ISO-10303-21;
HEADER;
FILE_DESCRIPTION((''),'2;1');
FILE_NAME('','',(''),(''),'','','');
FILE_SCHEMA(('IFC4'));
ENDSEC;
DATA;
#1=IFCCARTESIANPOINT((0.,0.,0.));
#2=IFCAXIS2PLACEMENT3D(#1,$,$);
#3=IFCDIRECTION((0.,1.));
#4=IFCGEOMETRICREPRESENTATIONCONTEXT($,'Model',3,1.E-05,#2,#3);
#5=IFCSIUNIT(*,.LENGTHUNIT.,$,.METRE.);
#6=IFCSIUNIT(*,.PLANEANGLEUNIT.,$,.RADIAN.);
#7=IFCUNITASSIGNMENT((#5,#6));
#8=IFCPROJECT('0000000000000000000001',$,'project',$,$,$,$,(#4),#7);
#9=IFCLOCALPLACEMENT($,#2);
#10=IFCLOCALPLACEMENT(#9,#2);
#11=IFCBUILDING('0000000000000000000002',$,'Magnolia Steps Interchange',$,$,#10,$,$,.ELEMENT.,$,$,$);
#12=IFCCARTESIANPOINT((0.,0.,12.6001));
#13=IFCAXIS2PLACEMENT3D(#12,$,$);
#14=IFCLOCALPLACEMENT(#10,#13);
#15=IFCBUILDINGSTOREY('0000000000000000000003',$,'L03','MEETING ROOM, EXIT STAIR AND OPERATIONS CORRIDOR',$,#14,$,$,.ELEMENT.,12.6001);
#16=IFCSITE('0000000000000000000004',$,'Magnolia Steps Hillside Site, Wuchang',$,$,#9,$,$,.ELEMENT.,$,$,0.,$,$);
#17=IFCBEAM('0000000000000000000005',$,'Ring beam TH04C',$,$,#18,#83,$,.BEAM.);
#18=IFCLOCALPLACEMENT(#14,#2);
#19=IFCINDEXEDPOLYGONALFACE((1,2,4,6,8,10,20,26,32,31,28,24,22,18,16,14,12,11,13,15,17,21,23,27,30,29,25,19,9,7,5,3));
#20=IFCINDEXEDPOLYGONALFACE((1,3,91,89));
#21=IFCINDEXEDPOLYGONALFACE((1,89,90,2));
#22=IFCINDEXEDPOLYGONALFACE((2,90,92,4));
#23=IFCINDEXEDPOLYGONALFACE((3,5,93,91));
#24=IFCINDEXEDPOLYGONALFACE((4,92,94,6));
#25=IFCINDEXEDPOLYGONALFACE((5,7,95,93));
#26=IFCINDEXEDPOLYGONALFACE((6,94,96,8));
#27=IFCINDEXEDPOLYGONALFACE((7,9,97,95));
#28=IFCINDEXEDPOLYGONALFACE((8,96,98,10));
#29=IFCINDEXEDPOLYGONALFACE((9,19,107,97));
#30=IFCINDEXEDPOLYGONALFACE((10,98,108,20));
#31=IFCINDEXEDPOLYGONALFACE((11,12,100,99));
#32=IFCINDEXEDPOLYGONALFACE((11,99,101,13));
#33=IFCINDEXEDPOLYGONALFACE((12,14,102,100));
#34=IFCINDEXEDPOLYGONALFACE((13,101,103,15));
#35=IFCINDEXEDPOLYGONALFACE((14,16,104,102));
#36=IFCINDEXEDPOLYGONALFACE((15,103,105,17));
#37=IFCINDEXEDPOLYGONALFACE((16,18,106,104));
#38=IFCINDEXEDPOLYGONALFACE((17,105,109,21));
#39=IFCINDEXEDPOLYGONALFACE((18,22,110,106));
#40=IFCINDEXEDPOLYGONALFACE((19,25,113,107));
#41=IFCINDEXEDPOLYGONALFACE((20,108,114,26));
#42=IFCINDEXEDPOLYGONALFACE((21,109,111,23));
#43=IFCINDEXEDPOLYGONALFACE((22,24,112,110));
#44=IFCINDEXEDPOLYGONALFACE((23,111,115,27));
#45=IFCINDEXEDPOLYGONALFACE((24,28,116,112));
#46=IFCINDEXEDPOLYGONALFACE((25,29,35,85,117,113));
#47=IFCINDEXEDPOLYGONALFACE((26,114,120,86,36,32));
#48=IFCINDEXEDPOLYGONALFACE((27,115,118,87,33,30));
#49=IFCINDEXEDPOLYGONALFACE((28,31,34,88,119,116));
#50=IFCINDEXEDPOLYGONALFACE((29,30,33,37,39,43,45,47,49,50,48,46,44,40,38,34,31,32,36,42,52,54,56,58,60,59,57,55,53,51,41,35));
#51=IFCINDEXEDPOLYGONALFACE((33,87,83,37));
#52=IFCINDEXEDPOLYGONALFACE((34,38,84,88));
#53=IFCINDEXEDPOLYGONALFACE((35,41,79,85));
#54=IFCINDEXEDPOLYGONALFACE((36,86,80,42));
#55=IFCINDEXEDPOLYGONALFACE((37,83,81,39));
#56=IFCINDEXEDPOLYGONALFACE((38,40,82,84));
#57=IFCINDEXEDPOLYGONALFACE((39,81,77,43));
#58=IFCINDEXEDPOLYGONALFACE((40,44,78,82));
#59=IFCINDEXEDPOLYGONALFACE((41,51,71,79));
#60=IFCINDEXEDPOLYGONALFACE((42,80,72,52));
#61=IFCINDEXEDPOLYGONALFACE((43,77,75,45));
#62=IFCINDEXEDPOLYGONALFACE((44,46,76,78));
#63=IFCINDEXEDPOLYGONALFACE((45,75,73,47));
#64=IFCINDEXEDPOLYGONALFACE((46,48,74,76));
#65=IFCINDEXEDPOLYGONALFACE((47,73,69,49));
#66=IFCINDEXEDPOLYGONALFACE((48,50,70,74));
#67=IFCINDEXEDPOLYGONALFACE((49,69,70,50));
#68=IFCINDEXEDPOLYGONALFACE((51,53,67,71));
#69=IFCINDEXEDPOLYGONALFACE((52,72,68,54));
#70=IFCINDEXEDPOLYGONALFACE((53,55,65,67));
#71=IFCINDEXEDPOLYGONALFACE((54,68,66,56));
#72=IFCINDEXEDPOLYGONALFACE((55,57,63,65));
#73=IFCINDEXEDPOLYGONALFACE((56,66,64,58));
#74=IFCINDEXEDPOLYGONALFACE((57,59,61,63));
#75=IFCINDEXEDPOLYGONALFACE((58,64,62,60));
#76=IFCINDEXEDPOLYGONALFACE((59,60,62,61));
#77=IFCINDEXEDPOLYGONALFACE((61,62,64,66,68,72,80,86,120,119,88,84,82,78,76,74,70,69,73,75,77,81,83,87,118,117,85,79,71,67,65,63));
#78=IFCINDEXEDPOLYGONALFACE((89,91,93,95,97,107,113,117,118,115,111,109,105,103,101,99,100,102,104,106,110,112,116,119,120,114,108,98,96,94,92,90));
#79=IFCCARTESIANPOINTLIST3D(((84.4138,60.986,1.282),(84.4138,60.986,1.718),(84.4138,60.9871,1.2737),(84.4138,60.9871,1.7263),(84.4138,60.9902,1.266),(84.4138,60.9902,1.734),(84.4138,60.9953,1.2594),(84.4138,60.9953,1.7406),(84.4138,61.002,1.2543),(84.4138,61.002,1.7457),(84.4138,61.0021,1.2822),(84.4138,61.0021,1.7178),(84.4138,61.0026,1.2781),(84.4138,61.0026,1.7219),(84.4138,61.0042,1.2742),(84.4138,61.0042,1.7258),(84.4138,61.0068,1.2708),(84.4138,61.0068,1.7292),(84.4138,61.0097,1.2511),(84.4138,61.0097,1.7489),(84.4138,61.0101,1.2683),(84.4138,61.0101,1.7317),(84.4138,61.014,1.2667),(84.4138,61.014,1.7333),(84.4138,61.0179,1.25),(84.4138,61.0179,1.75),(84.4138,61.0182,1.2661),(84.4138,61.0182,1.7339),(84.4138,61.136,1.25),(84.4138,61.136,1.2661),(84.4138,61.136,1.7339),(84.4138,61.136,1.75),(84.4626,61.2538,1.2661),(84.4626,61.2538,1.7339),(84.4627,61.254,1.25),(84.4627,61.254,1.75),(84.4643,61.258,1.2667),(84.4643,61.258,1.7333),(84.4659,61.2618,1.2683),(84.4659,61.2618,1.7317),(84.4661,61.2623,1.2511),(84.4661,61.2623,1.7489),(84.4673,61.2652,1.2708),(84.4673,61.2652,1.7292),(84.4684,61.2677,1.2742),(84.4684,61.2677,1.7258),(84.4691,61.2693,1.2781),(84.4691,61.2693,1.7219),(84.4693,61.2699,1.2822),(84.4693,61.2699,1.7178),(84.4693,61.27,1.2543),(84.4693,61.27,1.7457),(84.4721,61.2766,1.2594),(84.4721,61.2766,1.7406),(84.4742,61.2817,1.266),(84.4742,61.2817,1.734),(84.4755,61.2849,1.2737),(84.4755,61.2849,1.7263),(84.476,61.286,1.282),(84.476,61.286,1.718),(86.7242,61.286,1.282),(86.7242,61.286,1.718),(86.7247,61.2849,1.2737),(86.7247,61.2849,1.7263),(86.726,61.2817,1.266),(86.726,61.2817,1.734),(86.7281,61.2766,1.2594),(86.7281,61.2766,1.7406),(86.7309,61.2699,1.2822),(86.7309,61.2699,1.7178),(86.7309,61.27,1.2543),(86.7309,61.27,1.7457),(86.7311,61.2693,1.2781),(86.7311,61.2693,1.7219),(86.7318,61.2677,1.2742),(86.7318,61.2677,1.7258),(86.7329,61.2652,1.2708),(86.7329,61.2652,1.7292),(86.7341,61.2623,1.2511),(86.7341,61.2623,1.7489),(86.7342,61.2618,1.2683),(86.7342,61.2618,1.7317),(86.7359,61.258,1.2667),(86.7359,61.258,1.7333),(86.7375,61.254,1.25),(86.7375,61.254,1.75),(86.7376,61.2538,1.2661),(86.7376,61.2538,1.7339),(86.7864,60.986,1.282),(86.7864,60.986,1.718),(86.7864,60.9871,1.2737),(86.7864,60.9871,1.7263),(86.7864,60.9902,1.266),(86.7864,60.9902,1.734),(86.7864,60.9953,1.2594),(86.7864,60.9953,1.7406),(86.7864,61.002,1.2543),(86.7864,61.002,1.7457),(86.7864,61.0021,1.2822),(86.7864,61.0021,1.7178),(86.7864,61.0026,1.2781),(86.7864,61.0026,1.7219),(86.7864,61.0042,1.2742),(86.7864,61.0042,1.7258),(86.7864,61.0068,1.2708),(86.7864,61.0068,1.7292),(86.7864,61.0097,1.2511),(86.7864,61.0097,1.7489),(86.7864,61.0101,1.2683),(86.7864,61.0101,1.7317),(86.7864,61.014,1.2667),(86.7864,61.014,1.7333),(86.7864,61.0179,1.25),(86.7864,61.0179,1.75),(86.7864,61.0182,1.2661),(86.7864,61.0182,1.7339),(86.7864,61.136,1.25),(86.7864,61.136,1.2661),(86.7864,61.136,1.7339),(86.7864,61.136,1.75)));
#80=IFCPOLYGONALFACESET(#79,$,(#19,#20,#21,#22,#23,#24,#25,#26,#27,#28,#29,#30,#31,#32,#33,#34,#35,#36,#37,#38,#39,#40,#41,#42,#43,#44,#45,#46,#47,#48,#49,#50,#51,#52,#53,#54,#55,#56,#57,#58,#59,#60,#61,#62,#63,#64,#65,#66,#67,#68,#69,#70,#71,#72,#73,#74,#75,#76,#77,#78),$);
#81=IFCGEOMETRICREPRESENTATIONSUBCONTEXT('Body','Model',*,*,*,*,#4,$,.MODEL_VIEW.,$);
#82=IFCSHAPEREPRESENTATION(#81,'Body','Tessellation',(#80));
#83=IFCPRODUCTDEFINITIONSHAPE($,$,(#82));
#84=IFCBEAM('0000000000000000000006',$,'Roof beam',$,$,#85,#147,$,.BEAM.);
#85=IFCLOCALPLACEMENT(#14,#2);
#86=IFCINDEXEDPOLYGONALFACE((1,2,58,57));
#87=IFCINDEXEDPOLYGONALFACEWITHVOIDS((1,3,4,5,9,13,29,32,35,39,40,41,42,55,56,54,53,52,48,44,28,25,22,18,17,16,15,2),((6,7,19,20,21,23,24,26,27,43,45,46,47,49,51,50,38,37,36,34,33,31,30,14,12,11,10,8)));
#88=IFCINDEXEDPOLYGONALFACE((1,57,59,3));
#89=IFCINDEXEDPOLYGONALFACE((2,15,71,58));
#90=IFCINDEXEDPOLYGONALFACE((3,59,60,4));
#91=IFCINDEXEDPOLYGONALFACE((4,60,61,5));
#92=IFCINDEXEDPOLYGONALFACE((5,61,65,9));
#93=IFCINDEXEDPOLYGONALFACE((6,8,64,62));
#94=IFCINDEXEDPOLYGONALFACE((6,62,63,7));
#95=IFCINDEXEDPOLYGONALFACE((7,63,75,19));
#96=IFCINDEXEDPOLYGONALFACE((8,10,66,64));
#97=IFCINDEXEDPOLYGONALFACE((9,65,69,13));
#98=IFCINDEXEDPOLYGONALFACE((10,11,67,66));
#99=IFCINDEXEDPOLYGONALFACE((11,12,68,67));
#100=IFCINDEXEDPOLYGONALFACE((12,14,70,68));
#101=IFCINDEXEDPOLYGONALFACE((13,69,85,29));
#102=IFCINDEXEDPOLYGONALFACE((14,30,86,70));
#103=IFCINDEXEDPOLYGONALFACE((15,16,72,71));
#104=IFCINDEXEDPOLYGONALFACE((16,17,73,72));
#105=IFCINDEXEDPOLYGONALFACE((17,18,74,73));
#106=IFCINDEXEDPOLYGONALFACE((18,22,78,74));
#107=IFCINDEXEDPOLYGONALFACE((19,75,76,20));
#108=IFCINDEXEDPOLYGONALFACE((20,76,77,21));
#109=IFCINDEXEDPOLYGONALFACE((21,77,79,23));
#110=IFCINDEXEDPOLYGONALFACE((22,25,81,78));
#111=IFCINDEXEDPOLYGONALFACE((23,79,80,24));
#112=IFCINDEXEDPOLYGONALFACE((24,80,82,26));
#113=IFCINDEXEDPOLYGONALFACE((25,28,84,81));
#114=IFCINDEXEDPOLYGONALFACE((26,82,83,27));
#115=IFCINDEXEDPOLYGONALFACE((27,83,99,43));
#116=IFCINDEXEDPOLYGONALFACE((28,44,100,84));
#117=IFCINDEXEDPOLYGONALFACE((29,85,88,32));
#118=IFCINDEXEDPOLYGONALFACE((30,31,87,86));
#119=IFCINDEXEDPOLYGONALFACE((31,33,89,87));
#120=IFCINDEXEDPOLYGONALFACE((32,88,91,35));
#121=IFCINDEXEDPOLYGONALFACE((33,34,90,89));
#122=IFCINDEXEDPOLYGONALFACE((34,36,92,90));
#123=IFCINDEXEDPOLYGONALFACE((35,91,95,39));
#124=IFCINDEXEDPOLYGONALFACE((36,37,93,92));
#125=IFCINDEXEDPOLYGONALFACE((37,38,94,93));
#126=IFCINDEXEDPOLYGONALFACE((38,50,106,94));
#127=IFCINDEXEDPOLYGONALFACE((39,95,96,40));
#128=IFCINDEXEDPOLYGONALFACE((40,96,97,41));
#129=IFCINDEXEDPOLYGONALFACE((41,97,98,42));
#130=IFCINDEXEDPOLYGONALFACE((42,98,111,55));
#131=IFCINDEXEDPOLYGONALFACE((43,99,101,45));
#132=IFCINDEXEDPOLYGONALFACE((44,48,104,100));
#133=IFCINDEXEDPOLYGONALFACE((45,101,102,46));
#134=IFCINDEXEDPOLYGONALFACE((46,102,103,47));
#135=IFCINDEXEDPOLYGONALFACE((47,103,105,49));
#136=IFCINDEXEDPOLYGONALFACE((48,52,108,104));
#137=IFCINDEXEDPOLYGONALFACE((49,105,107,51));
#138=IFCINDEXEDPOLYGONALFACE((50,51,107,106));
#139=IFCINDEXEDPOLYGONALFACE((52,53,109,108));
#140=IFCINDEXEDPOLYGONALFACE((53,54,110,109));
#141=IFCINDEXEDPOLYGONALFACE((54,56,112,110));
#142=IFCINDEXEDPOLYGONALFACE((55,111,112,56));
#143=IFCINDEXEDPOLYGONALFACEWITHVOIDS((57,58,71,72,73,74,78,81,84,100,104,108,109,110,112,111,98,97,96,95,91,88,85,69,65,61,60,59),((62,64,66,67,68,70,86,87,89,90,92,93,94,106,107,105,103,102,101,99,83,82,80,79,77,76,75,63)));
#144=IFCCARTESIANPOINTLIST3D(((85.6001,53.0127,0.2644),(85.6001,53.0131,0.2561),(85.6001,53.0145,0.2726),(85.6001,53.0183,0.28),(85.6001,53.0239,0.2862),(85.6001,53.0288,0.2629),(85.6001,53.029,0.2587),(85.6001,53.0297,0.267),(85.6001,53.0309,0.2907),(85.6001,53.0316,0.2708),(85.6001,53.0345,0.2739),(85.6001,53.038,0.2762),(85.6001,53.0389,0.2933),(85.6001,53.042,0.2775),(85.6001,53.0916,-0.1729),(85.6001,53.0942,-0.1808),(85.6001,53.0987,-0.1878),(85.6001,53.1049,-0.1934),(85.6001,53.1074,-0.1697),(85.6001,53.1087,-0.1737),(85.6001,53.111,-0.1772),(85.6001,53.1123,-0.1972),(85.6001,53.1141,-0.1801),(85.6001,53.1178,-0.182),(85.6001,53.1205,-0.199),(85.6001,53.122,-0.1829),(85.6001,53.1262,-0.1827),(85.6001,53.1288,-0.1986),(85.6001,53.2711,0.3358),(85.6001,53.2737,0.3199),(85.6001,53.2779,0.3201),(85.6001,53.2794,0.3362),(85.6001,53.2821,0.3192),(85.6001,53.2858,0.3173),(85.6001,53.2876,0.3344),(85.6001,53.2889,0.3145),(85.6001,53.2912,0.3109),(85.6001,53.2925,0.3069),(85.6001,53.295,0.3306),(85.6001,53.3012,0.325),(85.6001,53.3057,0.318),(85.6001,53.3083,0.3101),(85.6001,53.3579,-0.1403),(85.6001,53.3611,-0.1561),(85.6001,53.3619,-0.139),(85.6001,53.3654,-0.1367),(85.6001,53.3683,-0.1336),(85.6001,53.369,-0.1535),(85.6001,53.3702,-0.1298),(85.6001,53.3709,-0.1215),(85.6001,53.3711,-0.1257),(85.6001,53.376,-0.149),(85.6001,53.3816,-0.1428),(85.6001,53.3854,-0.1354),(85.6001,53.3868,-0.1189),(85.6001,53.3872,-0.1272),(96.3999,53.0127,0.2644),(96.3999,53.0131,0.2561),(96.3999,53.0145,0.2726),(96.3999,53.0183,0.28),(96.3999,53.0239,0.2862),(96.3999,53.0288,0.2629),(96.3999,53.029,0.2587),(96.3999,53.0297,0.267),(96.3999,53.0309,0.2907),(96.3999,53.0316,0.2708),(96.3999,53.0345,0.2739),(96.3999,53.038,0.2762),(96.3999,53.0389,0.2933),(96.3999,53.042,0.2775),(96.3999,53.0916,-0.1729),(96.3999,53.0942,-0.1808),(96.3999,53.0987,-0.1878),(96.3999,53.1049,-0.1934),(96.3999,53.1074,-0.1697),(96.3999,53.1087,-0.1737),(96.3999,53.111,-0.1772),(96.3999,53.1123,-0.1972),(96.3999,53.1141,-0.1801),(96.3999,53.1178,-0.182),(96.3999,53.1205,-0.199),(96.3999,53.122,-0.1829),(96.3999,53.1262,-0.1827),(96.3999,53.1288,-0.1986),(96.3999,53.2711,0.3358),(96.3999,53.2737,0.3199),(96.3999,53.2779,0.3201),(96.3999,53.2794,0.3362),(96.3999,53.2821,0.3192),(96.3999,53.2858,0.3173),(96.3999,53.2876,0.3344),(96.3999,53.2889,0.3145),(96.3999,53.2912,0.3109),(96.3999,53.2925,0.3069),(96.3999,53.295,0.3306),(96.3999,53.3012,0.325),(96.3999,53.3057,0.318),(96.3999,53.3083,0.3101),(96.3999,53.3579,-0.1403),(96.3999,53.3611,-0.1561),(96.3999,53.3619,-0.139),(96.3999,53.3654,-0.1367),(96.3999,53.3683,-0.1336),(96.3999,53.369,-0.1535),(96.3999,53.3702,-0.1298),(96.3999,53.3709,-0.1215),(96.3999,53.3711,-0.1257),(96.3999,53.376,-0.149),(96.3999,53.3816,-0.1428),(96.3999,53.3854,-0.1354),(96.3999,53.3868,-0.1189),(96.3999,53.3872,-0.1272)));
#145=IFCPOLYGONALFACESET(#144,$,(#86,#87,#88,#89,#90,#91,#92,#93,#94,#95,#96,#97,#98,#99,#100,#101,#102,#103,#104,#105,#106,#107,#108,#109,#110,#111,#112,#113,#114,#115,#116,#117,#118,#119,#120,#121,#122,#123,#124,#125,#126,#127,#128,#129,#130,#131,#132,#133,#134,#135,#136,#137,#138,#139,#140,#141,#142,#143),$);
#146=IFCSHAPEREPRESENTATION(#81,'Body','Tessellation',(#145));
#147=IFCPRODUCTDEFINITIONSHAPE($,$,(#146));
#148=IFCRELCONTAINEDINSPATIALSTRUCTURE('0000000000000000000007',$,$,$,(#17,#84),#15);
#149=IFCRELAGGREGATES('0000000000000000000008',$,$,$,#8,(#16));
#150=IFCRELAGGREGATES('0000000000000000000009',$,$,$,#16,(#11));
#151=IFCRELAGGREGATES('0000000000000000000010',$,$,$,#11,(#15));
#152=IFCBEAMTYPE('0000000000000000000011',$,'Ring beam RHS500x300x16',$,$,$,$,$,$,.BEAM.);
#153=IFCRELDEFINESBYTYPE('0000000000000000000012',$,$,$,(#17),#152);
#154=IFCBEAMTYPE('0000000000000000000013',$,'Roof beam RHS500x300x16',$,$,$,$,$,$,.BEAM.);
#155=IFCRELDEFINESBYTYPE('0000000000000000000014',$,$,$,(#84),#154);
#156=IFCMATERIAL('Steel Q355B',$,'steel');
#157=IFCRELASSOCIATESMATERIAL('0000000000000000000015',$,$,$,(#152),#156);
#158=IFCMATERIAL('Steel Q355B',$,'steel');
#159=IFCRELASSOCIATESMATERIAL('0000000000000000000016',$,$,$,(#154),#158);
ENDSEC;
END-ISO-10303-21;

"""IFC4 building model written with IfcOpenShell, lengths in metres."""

from ifc_helpers import new_model, si_unit, direction, frame, origin, origin_2d, place, context, subcontext, project, spatial, hollow_rectangle, extrude, clip, halfspace, material, material_profile, profile_set, type_object, element, save


model = new_model("IFC4")

# Units and contexts
model_context = context("Model", 3, precision=1e-05, world=origin(), true_north=direction((0.0, 1.0)))
body_context = subcontext(model_context, "Body", "Model", "MODEL_VIEW")
ifc_project = project(units=[si_unit("LENGTHUNIT", "METRE"), si_unit("PLANEANGLEUNIT", "RADIAN")], contexts=[model_context])

# Site, building, storey
site_placement = place(None, origin())
site = spatial("IfcSite", under=ifc_project, at=site_placement, Name="Magnolia Steps Hillside Site, Wuchang", CompositionType="ELEMENT", RefElevation=0.0)
building_placement = place(site_placement, origin())
building = spatial("IfcBuilding", under=site, at=building_placement, Name="Magnolia Steps Interchange", CompositionType="ELEMENT")
storey_placement = place(building_placement, frame((0.0, 0.0, 12.6001)))
storey = spatial("IfcBuildingStorey", under=building, at=storey_placement, Name="L03", Description="MEETING ROOM, EXIT STAIR AND OPERATIONS CORRIDOR", CompositionType="ELEMENT", Elevation=12.6001)

# Beams
ifc_material_1 = material(Name="Steel Q355B", Category="steel")
ifc_material_profile_1 = material_profile(ifc_material_1, hollow_rectangle(XDim=0.3, YDim=0.5, WallThickness=0.0161, InnerFilletRadius=0.0161, OuterFilletRadius=0.032, at=origin_2d()), Name="RHS500x300x16")
ifc_profile_set_1 = profile_set([ifc_material_profile_1], Name="Steel Q355B")
beam_type_1 = type_object("IfcBeamType", Name="Ring beam RHS500x300x16", PredefinedType="BEAM", material=ifc_profile_set_1)
beam_1_placement = place(storey_placement, frame((84.4138, 61.136, 1.5), z_axis=(1.0, 0.0, 0.0), x_axis=(0.0, 1.0, 0.0)))
element("IfcBeam", 1, at=beam_1_placement, inside=storey, type_object=beam_type_1, Name="Ring beam TH04C", PredefinedType="BEAM", context=body_context, shape_type="Clipping", body=[
    clip(clip(extrude(hollow_rectangle(XDim=0.3, YDim=0.5, WallThickness=0.0161, InnerFilletRadius=0.0161, OuterFilletRadius=0.032, at=origin_2d()), origin(), (0.0, 0.0, 1.0), 2.3726), halfspace(frame((0.0, 0.0, 0.0), z_axis=(0.382683, 0.0, -0.92388), x_axis=(0.92388, 0.0, 0.382683)), False)), halfspace(frame((0.0, 0.0, 2.3726), z_axis=(0.382683, 0.0, 0.92388), x_axis=(0.92388, 0.0, -0.382683)), False)),
])
ifc_material_2 = material(Name="Steel Q355B", Category="steel")
ifc_material_profile_2 = material_profile(ifc_material_2, hollow_rectangle(XDim=0.3, YDim=0.5, WallThickness=0.0161, InnerFilletRadius=0.0161, OuterFilletRadius=0.032, at=origin_2d()), Name="RHS500x300x16")
ifc_profile_set_2 = profile_set([ifc_material_profile_2], Name="Steel Q355B")
beam_type_2 = type_object("IfcBeamType", Name="Roof beam RHS500x300x16", PredefinedType="BEAM", material=ifc_profile_set_2)
for number, where, z_axis, x_axis, name in (
    (2, (85.6001, 53.2, 0.0686), (1.0, 0.0, 0.0), (0.0, 0.983677, 0.179941), "Roof beam"),
):
    element("IfcBeam", number, at=place(storey_placement, frame(where, z_axis=z_axis, x_axis=x_axis)), inside=storey, type_object=beam_type_2, Name=name, PredefinedType="BEAM", context=body_context, shape_type="SweptSolid", body=[
        extrude(hollow_rectangle(XDim=0.3, YDim=0.5, WallThickness=0.0161, InnerFilletRadius=0.0161, OuterFilletRadius=0.032, at=origin_2d()), origin(), (0.0, 0.0, 1.0), 10.7998),
    ])

save(model, "model.ifc")
